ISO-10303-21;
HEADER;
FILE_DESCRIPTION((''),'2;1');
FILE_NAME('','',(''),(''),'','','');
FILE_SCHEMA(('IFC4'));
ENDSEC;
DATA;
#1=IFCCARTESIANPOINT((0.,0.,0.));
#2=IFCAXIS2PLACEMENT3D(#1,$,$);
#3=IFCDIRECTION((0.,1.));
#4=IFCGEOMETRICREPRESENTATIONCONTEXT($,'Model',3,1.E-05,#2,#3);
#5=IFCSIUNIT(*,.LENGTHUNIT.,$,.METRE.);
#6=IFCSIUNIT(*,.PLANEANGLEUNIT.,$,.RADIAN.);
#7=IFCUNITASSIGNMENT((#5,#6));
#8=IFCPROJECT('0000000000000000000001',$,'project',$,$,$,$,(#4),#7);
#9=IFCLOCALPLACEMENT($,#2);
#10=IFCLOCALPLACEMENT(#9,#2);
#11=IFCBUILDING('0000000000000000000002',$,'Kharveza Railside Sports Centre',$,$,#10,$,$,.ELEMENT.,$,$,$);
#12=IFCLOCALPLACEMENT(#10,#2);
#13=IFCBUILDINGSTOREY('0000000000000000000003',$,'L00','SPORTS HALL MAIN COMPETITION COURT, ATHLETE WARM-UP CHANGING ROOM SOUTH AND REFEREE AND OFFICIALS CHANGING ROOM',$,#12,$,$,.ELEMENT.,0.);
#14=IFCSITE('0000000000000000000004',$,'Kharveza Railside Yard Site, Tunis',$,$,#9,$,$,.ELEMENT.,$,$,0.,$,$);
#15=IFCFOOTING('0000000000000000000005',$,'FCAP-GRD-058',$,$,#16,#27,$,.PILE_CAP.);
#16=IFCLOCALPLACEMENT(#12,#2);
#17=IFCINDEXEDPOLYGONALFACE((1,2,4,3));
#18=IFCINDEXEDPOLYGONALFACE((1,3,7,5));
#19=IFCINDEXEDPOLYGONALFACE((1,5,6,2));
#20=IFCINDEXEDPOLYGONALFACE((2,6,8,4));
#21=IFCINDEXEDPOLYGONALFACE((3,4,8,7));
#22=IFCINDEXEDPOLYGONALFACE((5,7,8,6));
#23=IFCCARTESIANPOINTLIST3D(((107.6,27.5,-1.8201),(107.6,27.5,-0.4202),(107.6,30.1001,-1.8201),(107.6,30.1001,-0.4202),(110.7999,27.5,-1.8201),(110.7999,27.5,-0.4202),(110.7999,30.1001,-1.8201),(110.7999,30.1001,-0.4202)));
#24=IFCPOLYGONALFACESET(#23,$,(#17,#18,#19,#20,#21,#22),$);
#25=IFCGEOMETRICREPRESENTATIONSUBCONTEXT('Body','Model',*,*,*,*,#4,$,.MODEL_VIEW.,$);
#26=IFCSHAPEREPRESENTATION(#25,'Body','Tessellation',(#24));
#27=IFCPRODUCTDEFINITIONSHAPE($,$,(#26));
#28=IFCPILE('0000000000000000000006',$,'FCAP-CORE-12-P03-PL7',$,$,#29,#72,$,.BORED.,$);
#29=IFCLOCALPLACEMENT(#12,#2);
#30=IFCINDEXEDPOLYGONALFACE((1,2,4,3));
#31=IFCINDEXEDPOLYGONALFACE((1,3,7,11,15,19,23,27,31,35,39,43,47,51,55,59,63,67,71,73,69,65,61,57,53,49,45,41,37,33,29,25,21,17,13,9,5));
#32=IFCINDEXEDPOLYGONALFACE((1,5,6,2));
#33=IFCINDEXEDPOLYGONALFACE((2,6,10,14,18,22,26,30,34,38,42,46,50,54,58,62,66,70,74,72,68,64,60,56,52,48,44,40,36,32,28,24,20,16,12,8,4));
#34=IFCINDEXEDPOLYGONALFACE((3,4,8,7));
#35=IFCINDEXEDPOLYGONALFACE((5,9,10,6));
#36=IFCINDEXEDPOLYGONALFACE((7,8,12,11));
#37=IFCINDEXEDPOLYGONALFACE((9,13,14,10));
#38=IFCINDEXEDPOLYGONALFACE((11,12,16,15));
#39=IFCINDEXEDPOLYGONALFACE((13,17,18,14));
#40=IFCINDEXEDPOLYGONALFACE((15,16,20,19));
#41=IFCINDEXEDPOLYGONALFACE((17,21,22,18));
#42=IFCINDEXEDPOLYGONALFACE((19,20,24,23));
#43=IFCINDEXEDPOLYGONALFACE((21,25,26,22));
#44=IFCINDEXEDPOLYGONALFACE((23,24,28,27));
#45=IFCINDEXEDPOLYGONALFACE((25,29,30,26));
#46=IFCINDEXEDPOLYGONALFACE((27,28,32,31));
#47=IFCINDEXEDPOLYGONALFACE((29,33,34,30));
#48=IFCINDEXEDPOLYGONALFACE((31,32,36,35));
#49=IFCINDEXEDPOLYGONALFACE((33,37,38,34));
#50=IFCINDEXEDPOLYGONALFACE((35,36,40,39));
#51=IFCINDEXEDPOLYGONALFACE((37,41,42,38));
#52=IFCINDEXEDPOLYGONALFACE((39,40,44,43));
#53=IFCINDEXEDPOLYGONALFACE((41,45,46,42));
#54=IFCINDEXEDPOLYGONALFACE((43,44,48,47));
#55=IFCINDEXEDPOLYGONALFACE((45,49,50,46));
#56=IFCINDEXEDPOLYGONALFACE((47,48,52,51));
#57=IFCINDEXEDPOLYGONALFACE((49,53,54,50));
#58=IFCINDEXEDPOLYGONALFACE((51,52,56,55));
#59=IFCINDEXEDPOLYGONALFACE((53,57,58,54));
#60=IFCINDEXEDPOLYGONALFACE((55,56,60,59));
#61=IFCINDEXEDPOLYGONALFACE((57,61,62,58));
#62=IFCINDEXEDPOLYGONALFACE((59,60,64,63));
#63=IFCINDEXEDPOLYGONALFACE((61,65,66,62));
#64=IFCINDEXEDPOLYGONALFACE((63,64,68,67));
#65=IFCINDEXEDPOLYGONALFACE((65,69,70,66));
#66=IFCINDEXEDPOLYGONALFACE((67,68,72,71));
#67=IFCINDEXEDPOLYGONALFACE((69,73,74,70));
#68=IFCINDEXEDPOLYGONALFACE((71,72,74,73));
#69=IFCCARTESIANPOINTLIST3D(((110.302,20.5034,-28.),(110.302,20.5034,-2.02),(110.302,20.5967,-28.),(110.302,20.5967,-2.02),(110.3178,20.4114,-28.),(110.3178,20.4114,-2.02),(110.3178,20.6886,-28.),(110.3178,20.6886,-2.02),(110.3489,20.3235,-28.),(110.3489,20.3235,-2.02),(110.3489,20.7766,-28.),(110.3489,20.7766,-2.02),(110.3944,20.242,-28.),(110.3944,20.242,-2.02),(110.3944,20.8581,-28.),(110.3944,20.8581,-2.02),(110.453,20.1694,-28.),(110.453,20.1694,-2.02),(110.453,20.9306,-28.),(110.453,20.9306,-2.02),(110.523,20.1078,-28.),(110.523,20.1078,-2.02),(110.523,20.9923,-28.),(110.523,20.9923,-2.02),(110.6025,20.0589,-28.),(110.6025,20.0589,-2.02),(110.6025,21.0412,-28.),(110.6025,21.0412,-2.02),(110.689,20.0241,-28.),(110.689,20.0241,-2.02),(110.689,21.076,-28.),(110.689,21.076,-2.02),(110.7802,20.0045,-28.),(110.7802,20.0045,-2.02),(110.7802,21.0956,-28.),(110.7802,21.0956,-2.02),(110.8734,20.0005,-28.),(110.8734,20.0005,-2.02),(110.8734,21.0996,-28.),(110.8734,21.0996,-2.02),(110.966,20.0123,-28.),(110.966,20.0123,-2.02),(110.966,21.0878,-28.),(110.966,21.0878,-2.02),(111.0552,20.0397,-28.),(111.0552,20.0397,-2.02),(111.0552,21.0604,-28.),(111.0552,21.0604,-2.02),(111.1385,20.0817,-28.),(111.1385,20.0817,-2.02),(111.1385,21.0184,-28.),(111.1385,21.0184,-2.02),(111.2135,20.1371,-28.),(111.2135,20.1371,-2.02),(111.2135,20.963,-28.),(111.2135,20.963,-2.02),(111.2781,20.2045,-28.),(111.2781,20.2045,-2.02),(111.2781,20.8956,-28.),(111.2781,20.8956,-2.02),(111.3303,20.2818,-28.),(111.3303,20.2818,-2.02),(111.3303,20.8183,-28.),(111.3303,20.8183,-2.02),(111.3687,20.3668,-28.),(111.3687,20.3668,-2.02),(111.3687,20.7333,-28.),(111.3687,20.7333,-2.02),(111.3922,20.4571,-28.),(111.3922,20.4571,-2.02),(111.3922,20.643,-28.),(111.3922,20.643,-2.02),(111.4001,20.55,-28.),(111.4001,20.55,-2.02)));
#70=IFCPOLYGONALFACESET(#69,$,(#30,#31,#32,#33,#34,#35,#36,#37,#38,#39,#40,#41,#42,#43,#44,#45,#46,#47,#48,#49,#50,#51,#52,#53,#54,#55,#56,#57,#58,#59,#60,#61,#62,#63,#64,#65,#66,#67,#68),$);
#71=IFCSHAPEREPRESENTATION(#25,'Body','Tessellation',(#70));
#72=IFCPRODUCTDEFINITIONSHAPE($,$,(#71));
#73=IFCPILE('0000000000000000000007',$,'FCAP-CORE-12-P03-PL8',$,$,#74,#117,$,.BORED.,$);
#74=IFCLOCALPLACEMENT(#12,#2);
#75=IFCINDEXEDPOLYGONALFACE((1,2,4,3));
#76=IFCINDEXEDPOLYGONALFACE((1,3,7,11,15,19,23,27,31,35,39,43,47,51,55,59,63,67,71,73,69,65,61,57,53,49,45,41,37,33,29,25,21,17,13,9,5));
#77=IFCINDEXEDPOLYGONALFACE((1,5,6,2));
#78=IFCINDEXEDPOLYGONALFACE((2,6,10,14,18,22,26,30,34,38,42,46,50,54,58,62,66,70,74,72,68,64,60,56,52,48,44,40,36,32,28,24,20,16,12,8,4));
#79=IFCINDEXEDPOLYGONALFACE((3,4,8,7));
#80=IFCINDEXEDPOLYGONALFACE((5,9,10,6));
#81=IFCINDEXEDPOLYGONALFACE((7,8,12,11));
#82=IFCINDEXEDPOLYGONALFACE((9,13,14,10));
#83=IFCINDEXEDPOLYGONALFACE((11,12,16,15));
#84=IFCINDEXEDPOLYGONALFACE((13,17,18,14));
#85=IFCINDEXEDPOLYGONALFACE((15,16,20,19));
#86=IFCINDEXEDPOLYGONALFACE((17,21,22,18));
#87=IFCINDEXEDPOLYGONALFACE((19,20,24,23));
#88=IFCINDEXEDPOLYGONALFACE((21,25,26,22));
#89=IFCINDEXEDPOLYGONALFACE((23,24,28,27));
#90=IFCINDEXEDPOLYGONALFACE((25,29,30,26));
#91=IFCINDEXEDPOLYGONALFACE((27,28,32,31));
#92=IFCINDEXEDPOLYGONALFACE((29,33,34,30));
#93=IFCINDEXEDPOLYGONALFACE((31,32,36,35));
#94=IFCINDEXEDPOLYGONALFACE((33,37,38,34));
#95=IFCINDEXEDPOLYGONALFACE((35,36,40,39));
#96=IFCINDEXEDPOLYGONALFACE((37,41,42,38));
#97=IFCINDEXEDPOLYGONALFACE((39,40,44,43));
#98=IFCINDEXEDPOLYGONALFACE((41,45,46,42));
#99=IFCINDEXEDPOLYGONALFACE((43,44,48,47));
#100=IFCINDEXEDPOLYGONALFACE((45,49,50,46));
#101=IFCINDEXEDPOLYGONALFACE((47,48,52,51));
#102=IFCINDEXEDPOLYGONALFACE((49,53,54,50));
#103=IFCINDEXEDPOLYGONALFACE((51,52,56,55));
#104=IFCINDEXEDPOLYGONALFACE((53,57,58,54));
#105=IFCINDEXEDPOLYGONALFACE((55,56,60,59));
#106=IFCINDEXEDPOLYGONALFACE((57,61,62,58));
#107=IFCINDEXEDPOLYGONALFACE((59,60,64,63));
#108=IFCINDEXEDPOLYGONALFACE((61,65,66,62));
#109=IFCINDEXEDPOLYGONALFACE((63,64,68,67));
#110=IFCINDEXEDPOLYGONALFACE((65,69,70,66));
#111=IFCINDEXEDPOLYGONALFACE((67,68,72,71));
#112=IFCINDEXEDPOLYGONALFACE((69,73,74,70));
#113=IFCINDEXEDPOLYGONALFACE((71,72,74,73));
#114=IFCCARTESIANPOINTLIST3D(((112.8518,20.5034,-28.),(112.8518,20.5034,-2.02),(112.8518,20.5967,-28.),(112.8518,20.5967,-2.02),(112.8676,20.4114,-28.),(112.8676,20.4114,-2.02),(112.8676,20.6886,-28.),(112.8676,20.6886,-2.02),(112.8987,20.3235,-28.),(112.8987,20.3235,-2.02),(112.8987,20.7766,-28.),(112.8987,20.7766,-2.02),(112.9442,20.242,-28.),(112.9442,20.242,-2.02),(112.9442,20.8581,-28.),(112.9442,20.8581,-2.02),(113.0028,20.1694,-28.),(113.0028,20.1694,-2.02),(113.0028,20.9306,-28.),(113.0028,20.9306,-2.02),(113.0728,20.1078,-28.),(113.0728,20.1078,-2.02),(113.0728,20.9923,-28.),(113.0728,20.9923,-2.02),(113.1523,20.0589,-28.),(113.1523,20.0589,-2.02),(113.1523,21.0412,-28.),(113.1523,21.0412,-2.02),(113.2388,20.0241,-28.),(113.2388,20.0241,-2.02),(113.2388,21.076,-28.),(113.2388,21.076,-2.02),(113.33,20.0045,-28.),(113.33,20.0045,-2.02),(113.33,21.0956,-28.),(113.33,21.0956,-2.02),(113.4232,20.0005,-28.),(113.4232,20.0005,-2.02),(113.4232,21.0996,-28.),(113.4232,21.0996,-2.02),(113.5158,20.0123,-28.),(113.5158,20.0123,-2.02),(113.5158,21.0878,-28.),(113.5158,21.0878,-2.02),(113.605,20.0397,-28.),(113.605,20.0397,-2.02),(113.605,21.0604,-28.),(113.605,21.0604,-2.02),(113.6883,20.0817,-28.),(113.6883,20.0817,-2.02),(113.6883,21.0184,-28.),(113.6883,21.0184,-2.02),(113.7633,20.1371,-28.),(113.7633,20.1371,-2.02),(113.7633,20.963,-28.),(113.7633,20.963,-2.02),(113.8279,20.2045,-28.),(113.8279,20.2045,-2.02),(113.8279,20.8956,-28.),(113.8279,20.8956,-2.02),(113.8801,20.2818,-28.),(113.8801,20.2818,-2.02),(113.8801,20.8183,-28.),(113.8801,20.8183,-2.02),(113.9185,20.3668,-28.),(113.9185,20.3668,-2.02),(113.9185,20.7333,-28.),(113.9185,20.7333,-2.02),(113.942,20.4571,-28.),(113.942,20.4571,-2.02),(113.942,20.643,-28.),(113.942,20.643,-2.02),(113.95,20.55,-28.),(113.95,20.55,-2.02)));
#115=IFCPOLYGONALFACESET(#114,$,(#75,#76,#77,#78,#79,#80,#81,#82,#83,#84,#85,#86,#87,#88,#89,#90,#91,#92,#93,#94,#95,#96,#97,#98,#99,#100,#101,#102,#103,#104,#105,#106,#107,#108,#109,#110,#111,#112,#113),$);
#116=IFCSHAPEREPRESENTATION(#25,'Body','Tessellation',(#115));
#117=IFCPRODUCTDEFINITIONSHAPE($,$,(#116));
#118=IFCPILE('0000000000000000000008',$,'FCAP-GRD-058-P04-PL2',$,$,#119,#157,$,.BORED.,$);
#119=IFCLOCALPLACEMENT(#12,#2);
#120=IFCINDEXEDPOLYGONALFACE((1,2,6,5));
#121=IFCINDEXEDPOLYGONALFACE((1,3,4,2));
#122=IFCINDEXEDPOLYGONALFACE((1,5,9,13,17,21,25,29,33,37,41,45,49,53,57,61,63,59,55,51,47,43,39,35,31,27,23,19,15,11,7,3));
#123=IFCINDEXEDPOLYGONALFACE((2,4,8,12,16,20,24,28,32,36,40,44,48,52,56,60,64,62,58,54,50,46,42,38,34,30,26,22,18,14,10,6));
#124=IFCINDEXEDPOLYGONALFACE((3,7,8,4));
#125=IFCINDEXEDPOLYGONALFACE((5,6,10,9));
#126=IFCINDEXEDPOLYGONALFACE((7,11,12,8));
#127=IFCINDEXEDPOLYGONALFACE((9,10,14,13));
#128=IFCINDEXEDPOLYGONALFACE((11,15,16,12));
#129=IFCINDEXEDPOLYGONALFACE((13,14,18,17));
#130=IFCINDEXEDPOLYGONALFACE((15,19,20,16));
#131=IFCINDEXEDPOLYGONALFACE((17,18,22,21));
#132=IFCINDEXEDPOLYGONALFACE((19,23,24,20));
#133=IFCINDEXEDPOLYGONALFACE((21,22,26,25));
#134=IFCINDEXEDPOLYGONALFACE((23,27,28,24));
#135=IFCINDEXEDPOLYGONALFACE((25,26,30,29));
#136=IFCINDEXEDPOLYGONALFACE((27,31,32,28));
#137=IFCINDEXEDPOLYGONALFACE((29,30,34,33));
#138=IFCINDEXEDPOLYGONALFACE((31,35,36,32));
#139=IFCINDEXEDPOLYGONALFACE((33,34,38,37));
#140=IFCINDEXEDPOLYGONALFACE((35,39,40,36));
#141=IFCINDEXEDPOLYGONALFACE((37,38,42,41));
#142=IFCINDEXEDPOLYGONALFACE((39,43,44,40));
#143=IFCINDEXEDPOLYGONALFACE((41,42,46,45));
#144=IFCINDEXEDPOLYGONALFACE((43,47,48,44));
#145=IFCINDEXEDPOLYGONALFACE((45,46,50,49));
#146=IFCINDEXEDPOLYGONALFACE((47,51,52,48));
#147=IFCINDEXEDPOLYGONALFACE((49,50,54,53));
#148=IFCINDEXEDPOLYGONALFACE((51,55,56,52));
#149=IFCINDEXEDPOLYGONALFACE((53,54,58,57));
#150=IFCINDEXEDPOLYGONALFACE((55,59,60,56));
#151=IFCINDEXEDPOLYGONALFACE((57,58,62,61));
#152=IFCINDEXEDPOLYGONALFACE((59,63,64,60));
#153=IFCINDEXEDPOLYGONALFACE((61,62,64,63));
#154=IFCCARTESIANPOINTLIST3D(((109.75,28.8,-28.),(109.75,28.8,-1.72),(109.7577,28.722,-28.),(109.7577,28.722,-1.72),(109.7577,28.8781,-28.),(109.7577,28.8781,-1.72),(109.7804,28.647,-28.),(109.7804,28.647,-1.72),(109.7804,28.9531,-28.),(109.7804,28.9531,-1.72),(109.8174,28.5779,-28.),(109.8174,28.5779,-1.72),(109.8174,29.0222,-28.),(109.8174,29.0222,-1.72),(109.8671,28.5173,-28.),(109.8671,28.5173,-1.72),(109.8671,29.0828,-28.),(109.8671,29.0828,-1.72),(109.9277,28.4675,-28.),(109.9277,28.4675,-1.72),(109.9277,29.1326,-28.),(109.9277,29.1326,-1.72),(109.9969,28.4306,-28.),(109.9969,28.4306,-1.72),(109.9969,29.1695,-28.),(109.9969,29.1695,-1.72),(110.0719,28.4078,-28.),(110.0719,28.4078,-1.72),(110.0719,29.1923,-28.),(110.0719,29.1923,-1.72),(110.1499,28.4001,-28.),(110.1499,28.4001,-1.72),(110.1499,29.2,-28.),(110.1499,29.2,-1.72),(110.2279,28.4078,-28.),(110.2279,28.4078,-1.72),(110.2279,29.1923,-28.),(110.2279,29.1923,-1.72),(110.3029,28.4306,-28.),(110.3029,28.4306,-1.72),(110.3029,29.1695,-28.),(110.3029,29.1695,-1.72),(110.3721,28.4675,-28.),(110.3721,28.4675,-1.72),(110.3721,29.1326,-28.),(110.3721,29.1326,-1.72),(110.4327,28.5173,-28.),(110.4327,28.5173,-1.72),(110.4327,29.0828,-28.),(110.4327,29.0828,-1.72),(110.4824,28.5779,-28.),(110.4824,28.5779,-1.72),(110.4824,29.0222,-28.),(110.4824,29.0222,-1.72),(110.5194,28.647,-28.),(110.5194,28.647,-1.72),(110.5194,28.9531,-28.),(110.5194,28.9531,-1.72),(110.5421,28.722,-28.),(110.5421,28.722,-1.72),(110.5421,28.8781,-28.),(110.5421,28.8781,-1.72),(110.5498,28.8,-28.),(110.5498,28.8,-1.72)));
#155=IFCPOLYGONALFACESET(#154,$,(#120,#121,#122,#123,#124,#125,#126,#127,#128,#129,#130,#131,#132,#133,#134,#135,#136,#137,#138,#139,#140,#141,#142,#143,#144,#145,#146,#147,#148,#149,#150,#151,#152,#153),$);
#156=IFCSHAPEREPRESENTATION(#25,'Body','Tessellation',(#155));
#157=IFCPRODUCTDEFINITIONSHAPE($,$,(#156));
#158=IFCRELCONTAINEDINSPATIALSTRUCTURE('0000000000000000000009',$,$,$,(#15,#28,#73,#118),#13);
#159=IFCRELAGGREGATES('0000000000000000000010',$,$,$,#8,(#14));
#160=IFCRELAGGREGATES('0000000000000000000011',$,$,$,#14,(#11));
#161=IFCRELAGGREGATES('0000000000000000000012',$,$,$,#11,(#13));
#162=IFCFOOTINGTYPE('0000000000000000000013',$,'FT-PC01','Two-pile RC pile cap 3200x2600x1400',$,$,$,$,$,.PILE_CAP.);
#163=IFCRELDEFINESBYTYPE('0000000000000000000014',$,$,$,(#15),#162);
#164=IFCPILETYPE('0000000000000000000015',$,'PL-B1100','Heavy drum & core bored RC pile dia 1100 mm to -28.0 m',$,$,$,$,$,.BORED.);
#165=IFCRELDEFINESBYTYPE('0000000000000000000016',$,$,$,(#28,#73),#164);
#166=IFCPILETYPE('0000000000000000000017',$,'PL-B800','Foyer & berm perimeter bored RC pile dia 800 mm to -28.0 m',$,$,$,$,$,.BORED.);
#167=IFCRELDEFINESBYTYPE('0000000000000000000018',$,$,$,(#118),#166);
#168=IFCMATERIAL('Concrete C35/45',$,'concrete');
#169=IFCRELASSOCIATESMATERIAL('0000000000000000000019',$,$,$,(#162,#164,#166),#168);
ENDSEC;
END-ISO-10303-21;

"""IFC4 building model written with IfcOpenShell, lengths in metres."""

from ifc_helpers import new_model, si_unit, direction, frame, origin, origin_2d, place, context, subcontext, project, spatial, rectangle, circle, extrude, material, material_profile, profile_set, type_object, element, save


model = new_model("IFC4")

# Units and contexts
model_context = context("Model", 3, precision=1e-05, world=origin(), true_north=direction((0.0, 1.0)))
body_context = subcontext(model_context, "Body", "Model", "MODEL_VIEW")
ifc_project = project(units=[si_unit("LENGTHUNIT", "METRE"), si_unit("PLANEANGLEUNIT", "RADIAN")], contexts=[model_context])

# Site, building, storey
site_placement = place(None, origin())
site = spatial("IfcSite", under=ifc_project, at=site_placement, Name="Kharveza Railside Yard Site, Tunis", CompositionType="ELEMENT", RefElevation=0.0)
building_placement = place(site_placement, origin())
building = spatial("IfcBuilding", under=site, at=building_placement, Name="Kharveza Railside Sports Centre", CompositionType="ELEMENT")
storey_placement = place(building_placement, origin())
storey = spatial("IfcBuildingStorey", under=building, at=storey_placement, Name="L00", Description="SPORTS HALL MAIN COMPETITION COURT, ATHLETE WARM-UP CHANGING ROOM SOUTH AND REFEREE AND OFFICIALS CHANGING ROOM", CompositionType="ELEMENT", Elevation=0.0)

# Footing
ifc_material_1 = material(Name="Concrete C35/45", Category="concrete")
footing_type = type_object("IfcFootingType", Name="FT-PC01", Description="Two-pile RC pile cap 3200x2600x1400", PredefinedType="PILE_CAP", material=ifc_material_1)
footing_placement = place(storey_placement, frame((109.2, 28.8, -1.8201), z_axis=(0.0, 0.0, 1.0), x_axis=(1.0, 0.0, 0.0)))
element("IfcFooting", 1, at=footing_placement, inside=storey, type_object=footing_type, Name="FCAP-GRD-058", PredefinedType="PILE_CAP", context=body_context, shape_type="SweptSolid", body=[
    extrude(rectangle(XDim=3.2, YDim=2.6001, at=origin_2d()), origin(), (0.0, 0.0, 1.0), 1.3999),
])

# Piles
ifc_material_profile_1 = material_profile(ifc_material_1, circle(Radius=0.55, at=origin_2d()), Name="PILE D1100")
ifc_profile_set_1 = profile_set([ifc_material_profile_1], Name="Concrete C35/45")
pile_type_1 = type_object("IfcPileType", Name="PL-B1100", Description="Heavy drum & core bored RC pile dia 1100 mm to -28.0 m", PredefinedType="BORED", material=ifc_profile_set_1)
for number, where, z_axis, x_axis, name in (
    (2, (110.8501, 20.55, -2.02), (0.0, 0.0, -1.0), (1.0, 0.0, 0.0), "FCAP-CORE-12-P03-PL7"),
    (3, (113.3999, 20.55, -2.02), (0.0, 0.0, -1.0), (1.0, 0.0, 0.0), "FCAP-CORE-12-P03-PL8"),
):
    element("IfcPile", number, at=place(storey_placement, frame(where, z_axis=z_axis, x_axis=x_axis)), inside=storey, type_object=pile_type_1, Name=name, PredefinedType="BORED", context=body_context, shape_type="SweptSolid", body=[
        extrude(circle(Radius=0.55, at=origin_2d()), origin(), (0.0, 0.0, 1.0), 25.98),
    ])
ifc_material_profile_2 = material_profile(ifc_material_1, circle(Radius=0.3999, at=origin_2d()), Name="PILE D800")
ifc_profile_set_2 = profile_set([ifc_material_profile_2], Name="Concrete C35/45")
pile_type_2 = type_object("IfcPileType", Name="PL-B800", Description="Foyer & berm perimeter bored RC pile dia 800 mm to -28.0 m", PredefinedType="BORED", material=ifc_profile_set_2)
pile_placement = place(storey_placement, frame((110.1499, 28.8, -1.72), z_axis=(0.0, 0.0, -1.0), x_axis=(1.0, 0.0, 0.0)))
element("IfcPile", 4, at=pile_placement, inside=storey, type_object=pile_type_2, Name="FCAP-GRD-058-P04-PL2", PredefinedType="BORED", context=body_context, shape_type="SweptSolid", body=[
    extrude(circle(Radius=0.3999, at=origin_2d()), origin(), (0.0, 0.0, 1.0), 26.28),
])

save(model, "model.ifc")
